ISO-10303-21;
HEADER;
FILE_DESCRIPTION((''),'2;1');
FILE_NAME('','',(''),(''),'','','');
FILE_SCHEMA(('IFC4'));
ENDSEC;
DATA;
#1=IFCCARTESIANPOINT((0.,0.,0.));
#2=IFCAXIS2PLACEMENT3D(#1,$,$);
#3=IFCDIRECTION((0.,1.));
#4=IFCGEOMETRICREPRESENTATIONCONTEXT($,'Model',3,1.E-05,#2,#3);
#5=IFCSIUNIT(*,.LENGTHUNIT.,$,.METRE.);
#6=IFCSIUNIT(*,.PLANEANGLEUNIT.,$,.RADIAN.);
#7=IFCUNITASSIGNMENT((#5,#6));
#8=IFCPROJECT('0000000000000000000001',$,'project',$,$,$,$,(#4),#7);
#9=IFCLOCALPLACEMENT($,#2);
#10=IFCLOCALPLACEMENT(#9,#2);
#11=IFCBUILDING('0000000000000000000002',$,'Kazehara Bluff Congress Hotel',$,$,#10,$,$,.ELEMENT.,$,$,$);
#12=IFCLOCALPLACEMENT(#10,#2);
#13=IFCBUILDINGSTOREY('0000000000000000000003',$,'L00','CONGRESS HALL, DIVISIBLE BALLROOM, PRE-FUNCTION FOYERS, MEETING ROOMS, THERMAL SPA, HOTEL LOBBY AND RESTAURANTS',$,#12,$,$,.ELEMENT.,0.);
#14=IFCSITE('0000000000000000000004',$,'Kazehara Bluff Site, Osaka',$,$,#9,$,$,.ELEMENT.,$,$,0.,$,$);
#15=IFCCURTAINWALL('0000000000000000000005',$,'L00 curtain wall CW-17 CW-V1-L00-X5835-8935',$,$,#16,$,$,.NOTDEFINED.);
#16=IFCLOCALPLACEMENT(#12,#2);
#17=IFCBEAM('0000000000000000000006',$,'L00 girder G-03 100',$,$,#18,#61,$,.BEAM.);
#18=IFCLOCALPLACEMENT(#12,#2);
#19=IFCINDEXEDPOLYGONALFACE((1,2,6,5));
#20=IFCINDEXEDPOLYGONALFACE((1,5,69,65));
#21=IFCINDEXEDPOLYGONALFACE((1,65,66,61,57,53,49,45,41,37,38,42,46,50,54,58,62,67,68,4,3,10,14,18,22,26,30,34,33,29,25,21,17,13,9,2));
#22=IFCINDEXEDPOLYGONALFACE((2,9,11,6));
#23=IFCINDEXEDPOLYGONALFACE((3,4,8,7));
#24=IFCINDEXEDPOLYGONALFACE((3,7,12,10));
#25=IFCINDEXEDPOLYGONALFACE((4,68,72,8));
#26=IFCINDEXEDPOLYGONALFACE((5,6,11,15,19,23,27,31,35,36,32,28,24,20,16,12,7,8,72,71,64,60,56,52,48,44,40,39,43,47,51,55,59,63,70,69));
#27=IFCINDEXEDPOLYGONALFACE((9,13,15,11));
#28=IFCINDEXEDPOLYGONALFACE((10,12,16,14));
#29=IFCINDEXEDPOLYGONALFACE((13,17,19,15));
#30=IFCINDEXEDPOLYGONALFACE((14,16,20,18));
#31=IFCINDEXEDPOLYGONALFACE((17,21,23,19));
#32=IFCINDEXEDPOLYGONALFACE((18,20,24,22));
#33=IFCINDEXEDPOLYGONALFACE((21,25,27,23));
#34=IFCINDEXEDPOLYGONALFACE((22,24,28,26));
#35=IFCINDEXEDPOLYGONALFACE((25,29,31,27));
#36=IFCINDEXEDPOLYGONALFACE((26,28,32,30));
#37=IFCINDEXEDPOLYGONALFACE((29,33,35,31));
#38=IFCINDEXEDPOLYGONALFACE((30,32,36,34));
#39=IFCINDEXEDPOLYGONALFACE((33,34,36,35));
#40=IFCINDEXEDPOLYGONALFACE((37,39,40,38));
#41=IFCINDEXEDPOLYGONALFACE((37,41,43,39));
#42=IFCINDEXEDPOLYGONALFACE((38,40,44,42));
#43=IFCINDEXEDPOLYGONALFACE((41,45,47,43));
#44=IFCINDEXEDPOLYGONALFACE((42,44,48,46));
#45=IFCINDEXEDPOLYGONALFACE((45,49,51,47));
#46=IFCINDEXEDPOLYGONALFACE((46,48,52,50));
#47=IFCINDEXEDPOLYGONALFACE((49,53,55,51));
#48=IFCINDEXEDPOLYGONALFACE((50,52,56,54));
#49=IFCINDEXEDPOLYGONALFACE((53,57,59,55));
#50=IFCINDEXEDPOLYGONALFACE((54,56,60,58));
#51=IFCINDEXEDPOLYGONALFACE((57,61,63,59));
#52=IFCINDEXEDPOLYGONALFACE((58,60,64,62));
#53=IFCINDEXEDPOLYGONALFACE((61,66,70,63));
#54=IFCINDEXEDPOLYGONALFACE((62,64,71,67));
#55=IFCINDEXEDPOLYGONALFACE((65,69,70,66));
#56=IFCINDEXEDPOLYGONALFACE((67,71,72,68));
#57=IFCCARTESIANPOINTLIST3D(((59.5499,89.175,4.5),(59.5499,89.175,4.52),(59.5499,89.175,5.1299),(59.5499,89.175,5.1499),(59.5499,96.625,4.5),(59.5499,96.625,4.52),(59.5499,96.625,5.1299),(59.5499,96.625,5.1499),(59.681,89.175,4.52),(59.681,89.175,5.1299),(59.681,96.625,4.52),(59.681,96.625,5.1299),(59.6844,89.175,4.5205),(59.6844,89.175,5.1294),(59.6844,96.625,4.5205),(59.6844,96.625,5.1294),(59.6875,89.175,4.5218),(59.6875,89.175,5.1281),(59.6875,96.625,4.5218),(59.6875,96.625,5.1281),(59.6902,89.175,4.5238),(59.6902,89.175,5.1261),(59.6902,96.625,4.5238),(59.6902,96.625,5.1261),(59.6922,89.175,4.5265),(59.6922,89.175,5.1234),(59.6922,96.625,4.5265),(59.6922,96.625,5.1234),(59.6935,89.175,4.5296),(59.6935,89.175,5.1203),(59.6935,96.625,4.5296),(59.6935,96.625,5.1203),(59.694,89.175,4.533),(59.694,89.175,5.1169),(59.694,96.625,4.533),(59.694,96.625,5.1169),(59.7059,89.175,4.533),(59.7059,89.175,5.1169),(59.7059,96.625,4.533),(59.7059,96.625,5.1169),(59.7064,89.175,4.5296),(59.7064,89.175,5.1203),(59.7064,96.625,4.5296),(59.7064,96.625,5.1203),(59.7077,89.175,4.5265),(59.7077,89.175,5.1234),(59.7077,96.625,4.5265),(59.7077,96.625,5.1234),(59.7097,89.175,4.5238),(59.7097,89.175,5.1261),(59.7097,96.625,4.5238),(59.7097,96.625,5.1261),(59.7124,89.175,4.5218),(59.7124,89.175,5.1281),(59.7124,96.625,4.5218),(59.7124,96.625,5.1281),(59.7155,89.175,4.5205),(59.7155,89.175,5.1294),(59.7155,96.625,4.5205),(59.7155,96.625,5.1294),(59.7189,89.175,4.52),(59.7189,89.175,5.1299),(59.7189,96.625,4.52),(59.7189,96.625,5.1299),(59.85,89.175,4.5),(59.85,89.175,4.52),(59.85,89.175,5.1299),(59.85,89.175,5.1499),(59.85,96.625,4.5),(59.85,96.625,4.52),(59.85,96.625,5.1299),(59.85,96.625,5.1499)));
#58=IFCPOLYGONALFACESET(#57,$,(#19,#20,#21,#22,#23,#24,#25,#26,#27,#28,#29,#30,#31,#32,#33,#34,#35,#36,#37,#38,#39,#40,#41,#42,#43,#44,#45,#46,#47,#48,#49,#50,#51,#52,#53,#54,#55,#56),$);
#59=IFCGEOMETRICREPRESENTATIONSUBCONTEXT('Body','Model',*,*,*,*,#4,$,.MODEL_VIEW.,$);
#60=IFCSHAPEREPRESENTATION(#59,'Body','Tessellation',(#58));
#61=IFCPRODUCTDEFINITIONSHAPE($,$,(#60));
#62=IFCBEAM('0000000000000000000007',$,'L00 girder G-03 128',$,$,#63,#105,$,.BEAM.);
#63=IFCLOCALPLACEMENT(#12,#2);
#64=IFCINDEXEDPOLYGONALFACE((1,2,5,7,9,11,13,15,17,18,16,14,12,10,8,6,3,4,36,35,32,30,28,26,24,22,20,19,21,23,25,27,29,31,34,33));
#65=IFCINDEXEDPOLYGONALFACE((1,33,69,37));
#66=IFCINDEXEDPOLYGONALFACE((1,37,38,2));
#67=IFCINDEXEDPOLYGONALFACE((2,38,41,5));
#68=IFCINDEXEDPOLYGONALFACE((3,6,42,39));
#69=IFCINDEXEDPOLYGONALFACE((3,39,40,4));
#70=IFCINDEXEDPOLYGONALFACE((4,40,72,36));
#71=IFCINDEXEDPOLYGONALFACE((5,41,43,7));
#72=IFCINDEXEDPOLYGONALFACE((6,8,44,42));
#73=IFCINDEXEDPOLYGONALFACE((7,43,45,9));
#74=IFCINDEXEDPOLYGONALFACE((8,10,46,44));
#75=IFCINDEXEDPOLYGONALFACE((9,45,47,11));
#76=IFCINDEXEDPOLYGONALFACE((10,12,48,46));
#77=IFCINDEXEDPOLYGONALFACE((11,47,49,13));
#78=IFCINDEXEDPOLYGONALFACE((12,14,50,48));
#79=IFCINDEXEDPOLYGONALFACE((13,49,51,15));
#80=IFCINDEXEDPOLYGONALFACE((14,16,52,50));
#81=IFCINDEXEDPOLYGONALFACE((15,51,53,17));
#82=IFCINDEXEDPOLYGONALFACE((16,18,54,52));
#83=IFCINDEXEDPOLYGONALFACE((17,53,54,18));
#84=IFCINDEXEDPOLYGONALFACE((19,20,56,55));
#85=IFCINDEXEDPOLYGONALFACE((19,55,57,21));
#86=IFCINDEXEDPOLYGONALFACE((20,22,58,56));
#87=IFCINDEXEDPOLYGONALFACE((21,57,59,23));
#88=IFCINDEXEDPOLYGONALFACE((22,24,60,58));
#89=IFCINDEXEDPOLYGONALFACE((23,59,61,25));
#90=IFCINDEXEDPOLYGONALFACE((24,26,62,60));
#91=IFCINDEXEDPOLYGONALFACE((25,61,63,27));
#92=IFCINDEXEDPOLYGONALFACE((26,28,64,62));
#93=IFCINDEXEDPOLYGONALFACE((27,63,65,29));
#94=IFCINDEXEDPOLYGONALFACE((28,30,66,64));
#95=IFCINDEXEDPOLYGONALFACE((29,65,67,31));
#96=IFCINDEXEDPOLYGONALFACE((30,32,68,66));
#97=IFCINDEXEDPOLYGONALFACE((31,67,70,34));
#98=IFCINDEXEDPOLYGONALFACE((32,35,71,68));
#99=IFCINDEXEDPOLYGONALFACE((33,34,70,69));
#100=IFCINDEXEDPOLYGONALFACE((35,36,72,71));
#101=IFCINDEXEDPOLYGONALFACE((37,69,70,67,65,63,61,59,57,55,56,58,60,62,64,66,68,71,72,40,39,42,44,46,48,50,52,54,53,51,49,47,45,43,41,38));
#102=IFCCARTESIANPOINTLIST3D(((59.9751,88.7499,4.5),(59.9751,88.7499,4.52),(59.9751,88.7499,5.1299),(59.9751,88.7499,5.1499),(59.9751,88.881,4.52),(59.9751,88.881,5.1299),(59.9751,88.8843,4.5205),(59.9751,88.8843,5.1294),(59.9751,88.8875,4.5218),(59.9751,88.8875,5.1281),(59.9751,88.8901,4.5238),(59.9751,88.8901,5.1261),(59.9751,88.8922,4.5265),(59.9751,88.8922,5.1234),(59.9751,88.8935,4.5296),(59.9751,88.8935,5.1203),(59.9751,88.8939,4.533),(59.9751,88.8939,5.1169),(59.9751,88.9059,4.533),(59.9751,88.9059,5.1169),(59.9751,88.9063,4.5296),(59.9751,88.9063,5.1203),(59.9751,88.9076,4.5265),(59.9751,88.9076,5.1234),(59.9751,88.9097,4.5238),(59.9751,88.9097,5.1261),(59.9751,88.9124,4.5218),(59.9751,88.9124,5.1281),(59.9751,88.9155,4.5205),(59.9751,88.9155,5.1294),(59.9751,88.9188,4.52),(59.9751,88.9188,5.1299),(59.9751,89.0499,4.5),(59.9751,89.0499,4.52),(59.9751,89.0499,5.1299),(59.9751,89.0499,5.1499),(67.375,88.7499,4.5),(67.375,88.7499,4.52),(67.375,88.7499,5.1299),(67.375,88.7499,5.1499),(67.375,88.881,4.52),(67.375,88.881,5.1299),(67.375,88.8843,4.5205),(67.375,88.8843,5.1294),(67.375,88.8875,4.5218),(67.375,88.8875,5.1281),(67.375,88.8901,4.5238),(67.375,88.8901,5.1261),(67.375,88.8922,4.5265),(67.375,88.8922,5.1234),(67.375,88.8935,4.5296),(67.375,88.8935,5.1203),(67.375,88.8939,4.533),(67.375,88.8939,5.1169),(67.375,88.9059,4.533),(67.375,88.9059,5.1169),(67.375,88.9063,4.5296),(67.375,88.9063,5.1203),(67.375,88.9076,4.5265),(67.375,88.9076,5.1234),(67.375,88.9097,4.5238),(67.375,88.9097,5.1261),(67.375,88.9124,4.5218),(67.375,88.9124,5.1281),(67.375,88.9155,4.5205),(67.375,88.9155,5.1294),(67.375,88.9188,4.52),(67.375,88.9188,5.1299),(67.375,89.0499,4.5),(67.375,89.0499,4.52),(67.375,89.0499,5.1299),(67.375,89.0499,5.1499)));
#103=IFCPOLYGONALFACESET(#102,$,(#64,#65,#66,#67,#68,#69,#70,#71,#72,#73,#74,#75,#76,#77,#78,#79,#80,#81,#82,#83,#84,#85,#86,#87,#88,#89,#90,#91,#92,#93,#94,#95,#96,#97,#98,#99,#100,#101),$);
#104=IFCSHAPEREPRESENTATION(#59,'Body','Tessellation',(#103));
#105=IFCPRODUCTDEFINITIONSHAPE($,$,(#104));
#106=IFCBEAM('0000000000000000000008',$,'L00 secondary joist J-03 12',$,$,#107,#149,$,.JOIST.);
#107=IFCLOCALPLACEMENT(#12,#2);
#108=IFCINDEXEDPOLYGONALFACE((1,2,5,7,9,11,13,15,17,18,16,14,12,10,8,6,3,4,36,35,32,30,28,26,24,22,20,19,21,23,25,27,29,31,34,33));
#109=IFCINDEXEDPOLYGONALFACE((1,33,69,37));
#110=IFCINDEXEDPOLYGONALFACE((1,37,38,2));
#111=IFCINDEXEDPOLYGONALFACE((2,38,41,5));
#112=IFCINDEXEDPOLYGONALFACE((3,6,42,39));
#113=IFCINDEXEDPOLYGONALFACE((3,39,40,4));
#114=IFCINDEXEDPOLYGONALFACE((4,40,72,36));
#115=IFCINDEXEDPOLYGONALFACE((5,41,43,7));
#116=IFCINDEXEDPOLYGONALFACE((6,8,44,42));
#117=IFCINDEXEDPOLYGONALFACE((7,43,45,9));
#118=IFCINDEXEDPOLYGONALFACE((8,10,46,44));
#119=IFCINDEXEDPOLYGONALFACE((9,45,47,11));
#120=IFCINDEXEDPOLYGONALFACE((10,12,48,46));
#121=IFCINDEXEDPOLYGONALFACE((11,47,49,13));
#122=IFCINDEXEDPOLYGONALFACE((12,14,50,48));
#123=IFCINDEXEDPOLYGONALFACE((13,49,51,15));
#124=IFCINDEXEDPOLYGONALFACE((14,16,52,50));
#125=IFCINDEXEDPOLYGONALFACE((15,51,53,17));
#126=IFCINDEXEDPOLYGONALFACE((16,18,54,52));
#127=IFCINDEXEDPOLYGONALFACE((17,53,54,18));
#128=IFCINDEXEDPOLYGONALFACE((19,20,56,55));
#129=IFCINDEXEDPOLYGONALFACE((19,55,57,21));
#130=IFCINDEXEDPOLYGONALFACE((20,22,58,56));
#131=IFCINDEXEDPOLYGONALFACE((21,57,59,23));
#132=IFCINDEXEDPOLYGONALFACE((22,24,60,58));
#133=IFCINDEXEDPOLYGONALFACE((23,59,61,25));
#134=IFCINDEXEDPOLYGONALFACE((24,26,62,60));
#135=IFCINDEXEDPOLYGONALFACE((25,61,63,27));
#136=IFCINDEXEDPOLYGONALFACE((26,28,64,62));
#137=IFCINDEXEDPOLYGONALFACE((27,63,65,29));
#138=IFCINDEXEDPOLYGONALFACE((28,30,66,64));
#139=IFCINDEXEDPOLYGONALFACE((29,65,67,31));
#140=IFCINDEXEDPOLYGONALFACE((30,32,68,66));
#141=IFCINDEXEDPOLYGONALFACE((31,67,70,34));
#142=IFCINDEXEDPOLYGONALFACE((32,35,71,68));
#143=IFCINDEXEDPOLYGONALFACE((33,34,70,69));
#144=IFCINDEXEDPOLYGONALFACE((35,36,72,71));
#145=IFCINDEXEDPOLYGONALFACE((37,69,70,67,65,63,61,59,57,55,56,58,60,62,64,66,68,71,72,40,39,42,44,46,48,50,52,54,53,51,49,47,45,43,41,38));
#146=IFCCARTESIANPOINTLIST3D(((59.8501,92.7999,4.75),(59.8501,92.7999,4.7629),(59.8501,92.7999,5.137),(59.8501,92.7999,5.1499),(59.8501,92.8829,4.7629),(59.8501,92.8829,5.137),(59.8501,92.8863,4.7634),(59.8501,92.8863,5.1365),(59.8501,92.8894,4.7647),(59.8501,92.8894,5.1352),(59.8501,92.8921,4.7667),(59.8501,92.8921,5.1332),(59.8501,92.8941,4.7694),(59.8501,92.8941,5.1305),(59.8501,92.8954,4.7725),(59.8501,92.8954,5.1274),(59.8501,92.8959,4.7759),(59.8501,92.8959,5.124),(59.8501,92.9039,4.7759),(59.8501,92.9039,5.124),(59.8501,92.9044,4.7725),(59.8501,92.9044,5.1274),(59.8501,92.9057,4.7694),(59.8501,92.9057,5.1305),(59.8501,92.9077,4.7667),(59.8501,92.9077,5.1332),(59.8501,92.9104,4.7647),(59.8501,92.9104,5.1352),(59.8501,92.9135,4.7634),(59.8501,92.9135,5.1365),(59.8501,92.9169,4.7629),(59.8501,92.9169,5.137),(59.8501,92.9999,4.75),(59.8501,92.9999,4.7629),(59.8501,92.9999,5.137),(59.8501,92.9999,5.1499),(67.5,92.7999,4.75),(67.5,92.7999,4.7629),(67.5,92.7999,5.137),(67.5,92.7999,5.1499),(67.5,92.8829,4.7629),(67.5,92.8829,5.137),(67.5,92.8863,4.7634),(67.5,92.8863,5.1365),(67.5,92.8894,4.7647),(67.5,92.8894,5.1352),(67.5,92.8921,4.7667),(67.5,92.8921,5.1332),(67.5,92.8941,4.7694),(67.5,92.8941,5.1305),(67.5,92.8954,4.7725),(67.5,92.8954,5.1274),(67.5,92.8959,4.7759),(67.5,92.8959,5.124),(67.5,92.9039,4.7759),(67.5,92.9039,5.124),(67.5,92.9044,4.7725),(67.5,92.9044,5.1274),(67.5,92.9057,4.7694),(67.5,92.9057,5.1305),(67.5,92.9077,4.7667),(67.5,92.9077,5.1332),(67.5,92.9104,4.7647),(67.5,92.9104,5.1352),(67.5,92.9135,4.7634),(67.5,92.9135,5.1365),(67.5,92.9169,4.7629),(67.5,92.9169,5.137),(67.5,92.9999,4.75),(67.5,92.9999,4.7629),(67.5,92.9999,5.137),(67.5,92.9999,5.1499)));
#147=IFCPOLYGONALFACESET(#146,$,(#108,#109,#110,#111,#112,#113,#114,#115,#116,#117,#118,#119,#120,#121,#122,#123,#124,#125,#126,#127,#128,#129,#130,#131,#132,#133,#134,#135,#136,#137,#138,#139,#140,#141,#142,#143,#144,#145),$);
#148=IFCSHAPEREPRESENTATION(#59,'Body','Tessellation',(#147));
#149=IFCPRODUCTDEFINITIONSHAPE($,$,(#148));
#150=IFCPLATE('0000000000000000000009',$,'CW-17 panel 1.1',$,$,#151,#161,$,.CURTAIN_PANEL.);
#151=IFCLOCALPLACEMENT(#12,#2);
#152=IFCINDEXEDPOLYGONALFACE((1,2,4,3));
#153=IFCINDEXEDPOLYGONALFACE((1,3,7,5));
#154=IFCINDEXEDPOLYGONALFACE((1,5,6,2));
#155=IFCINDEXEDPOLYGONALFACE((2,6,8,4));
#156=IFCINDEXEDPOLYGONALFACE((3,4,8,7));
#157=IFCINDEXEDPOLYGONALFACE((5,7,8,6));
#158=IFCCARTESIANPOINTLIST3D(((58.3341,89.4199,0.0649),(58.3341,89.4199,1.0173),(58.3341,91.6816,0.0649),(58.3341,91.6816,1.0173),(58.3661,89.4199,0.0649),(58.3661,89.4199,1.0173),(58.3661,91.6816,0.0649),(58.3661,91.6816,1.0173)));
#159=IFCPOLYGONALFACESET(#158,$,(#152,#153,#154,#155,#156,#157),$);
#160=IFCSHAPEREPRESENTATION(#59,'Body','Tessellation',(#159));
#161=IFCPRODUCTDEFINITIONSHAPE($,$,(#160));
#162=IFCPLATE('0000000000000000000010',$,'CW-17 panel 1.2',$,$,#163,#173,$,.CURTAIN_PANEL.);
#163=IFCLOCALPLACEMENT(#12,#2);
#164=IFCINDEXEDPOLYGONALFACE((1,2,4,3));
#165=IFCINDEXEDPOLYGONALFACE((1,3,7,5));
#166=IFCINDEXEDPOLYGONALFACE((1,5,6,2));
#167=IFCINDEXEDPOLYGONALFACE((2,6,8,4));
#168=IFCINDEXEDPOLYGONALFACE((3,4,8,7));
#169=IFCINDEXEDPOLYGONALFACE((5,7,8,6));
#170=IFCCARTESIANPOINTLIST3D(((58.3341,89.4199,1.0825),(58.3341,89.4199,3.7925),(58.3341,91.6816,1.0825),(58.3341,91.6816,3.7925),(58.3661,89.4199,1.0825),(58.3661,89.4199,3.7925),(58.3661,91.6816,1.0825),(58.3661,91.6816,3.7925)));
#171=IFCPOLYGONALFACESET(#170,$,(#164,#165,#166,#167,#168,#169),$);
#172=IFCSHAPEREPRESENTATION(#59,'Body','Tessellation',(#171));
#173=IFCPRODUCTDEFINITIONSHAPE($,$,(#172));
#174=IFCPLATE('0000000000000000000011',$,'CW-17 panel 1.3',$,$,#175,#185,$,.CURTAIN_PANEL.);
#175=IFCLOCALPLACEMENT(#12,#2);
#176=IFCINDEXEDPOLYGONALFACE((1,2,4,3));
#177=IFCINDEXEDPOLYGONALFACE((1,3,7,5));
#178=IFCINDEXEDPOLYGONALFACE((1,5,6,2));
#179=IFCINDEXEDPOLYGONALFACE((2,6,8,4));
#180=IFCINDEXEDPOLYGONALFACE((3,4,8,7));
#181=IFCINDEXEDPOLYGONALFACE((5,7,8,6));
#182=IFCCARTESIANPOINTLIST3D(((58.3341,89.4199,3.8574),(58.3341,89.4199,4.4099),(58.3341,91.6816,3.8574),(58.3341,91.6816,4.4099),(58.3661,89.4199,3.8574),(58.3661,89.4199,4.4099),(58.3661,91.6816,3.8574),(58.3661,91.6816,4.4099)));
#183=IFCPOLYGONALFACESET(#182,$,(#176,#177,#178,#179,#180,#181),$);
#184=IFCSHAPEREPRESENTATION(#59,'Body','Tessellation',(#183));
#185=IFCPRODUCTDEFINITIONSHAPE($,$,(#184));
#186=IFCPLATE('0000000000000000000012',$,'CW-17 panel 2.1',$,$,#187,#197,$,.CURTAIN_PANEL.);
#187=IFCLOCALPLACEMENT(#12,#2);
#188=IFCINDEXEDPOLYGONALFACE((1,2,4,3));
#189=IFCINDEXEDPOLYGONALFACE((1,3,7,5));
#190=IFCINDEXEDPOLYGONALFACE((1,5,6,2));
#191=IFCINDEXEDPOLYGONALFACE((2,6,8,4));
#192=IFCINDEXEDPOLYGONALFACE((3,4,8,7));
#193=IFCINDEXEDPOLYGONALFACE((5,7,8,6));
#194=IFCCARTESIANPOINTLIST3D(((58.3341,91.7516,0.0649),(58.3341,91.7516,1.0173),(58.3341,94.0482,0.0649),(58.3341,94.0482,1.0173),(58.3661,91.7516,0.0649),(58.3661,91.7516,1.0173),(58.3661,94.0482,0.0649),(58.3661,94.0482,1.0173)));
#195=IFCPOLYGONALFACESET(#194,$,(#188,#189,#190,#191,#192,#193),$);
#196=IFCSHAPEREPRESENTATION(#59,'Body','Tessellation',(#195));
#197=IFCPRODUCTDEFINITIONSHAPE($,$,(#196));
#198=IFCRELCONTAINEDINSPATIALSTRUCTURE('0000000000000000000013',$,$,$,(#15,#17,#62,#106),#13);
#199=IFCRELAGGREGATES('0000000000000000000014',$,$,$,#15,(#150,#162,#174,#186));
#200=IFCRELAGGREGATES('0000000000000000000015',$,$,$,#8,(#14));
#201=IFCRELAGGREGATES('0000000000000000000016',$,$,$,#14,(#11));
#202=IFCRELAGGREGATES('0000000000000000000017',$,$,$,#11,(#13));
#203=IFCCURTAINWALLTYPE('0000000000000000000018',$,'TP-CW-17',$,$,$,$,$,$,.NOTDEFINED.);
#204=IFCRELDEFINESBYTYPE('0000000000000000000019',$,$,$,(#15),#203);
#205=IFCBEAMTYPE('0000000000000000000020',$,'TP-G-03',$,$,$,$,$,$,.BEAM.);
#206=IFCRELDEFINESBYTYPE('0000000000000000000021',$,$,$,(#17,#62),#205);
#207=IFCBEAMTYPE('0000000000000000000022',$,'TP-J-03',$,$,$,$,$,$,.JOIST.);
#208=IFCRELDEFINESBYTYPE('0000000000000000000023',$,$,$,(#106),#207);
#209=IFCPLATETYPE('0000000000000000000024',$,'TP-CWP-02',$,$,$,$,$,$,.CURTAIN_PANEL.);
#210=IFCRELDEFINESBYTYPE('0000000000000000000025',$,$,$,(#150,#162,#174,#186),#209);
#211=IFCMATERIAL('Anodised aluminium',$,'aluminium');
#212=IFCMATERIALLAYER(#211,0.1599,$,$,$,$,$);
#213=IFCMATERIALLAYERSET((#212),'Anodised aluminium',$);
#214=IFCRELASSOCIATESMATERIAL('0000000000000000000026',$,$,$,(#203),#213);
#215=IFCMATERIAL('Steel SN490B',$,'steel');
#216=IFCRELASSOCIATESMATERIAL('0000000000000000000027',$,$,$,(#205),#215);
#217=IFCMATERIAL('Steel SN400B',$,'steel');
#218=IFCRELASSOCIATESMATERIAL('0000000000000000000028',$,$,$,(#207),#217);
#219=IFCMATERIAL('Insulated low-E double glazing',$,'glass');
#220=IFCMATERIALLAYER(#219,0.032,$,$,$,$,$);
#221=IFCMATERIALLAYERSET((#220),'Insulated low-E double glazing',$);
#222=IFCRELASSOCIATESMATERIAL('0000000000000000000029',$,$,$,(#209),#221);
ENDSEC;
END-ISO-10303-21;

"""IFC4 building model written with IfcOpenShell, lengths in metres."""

from ifc_helpers import new_model, si_unit, direction, frame, origin, origin_2d, place, context, subcontext, project, spatial, rectangle, i_section, extrude, material, layer, layer_set, material_profile, profile_set, type_object, element, aggregate, save


model = new_model("IFC4")

# Units and contexts
model_context = context("Model", 3, precision=1e-05, world=origin(), true_north=direction((0.0, 1.0)))
body_context = subcontext(model_context, "Body", "Model", "MODEL_VIEW")
ifc_project = project(units=[si_unit("LENGTHUNIT", "METRE"), si_unit("PLANEANGLEUNIT", "RADIAN")], contexts=[model_context])

# Site, building, storey
site_placement = place(None, origin())
site = spatial("IfcSite", under=ifc_project, at=site_placement, Name="Kazehara Bluff Site, Osaka", CompositionType="ELEMENT", RefElevation=0.0)
building_placement = place(site_placement, origin())
building = spatial("IfcBuilding", under=site, at=building_placement, Name="Kazehara Bluff Congress Hotel", CompositionType="ELEMENT")
storey_placement = place(building_placement, origin())
storey = spatial("IfcBuildingStorey", under=building, at=storey_placement, Name="L00", Description="CONGRESS HALL, DIVISIBLE BALLROOM, PRE-FUNCTION FOYERS, MEETING ROOMS, THERMAL SPA, HOTEL LOBBY AND RESTAURANTS", CompositionType="ELEMENT", Elevation=0.0)

# Shared definitions
ifc_material_1 = material(Name="Anodised aluminium", Category="aluminium")
ifc_layer_1 = layer(ifc_material_1, 0.1599)
ifc_layer_set_1 = layer_set([ifc_layer_1], Name="Anodised aluminium")
curtain_wall_type = type_object("IfcCurtainWallType", Name="TP-CW-17", PredefinedType="NOTDEFINED", material=ifc_layer_set_1)

# Curtain wall
curtain_wall_1_placement = place(storey_placement, origin())
curtain_wall_1 = element("IfcCurtainWall", 1, at=curtain_wall_1_placement, inside=storey, type_object=curtain_wall_type, Name="L00 curtain wall CW-17 CW-V1-L00-X5835-8935", PredefinedType="NOTDEFINED")

# Beams
ifc_material_2 = material(Name="Steel SN490B", Category="steel")
ifc_material_profile_1 = material_profile(ifc_material_2, i_section(OverallWidth=0.3, OverallDepth=0.6499, WebThickness=0.012, FlangeThickness=0.02, FilletRadius=0.0129, at=origin_2d()))
ifc_profile_set_1 = profile_set([ifc_material_profile_1], Name="Steel SN490B")
beam_type_1 = type_object("IfcBeamType", Name="TP-G-03", PredefinedType="BEAM", material=ifc_profile_set_1)
beam_1_placement = place(storey_placement, frame((59.7, 89.175, 4.825), z_axis=(0.0, 1.0, 0.0), x_axis=(-1.0, 0.0, 0.0)))
element("IfcBeam", 2, at=beam_1_placement, inside=storey, type_object=beam_type_1, Name="L00 girder G-03 100", PredefinedType="BEAM", context=body_context, shape_type="SweptSolid", body=[
    extrude(i_section(OverallWidth=0.3, OverallDepth=0.6499, WebThickness=0.012, FlangeThickness=0.02, FilletRadius=0.0129, at=origin_2d()), origin(), (0.0, 0.0, 1.0), 7.45),
])
beam_2_placement = place(storey_placement, frame((59.9751, 88.8999, 4.825), z_axis=(1.0, 0.0, 0.0), x_axis=(0.0, 1.0, 0.0)))
element("IfcBeam", 3, at=beam_2_placement, inside=storey, type_object=beam_type_1, Name="L00 girder G-03 128", PredefinedType="BEAM", context=body_context, shape_type="SweptSolid", body=[
    extrude(i_section(OverallWidth=0.3, OverallDepth=0.6499, WebThickness=0.012, FlangeThickness=0.02, FilletRadius=0.0129, at=origin_2d()), origin(), (0.0, 0.0, 1.0), 7.3999),
])
ifc_material_3 = material(Name="Steel SN400B", Category="steel")
ifc_material_profile_2 = material_profile(ifc_material_3, i_section(OverallWidth=0.2, OverallDepth=0.3999, WebThickness=0.0081, FlangeThickness=0.0129, FilletRadius=0.0129, at=origin_2d()))
ifc_profile_set_2 = profile_set([ifc_material_profile_2], Name="Steel SN400B")
beam_type_2 = type_object("IfcBeamType", Name="TP-J-03", PredefinedType="JOIST", material=ifc_profile_set_2)
beam_3_placement = place(storey_placement, frame((59.8501, 92.8999, 4.95), z_axis=(1.0, 0.0, 0.0), x_axis=(0.0, 1.0, 0.0)))
element("IfcBeam", 4, at=beam_3_placement, inside=storey, type_object=beam_type_2, Name="L00 secondary joist J-03 12", PredefinedType="JOIST", context=body_context, shape_type="SweptSolid", body=[
    extrude(i_section(OverallWidth=0.2, OverallDepth=0.3999, WebThickness=0.0081, FlangeThickness=0.0129, FilletRadius=0.0129, at=origin_2d()), origin(), (0.0, 0.0, 1.0), 7.6499),
])

# Plates
ifc_material_4 = material(Name="Insulated low-E double glazing", Category="glass")
ifc_layer_2 = layer(ifc_material_4, 0.032)
ifc_layer_set_2 = layer_set([ifc_layer_2], Name="Insulated low-E double glazing")
plate_type = type_object("IfcPlateType", Name="TP-CWP-02", PredefinedType="CURTAIN_PANEL", material=ifc_layer_set_2)
plate_1_placement = place(storey_placement, frame((58.3501, 90.5508, 0.0649), z_axis=(0.0, 0.0, 1.0), x_axis=(0.0, 1.0, 0.0)))
plate_1 = element("IfcPlate", 5, at=plate_1_placement, type_object=plate_type, Name="CW-17 panel 1.1", PredefinedType="CURTAIN_PANEL", context=body_context, shape_type="SweptSolid", body=[
    extrude(rectangle(XDim=2.2617, YDim=0.032, at=origin_2d()), origin(), (0.0, 0.0, 1.0), 0.9524),
])
plate_2_placement = place(storey_placement, frame((58.3501, 90.5508, 1.0825), z_axis=(0.0, 0.0, 1.0), x_axis=(0.0, 1.0, 0.0)))
plate_2 = element("IfcPlate", 6, at=plate_2_placement, type_object=plate_type, Name="CW-17 panel 1.2", PredefinedType="CURTAIN_PANEL", context=body_context, shape_type="SweptSolid", body=[
    extrude(rectangle(XDim=2.2617, YDim=0.032, at=origin_2d()), origin(), (0.0, 0.0, 1.0), 2.71),
])
plate_3_placement = place(storey_placement, frame((58.3501, 90.5508, 3.8574), z_axis=(0.0, 0.0, 1.0), x_axis=(0.0, 1.0, 0.0)))
plate_3 = element("IfcPlate", 7, at=plate_3_placement, type_object=plate_type, Name="CW-17 panel 1.3", PredefinedType="CURTAIN_PANEL", context=body_context, shape_type="SweptSolid", body=[
    extrude(rectangle(XDim=2.2617, YDim=0.032, at=origin_2d()), origin(), (0.0, 0.0, 1.0), 0.5525),
])
plate_4_placement = place(storey_placement, frame((58.3501, 92.8999, 0.0649), z_axis=(0.0, 0.0, 1.0), x_axis=(0.0, 1.0, 0.0)))
plate_4 = element("IfcPlate", 8, at=plate_4_placement, type_object=plate_type, Name="CW-17 panel 2.1", PredefinedType="CURTAIN_PANEL", context=body_context, shape_type="SweptSolid", body=[
    extrude(rectangle(XDim=2.2966, YDim=0.032, at=origin_2d()), origin(), (0.0, 0.0, 1.0), 0.9524),
])
aggregate(curtain_wall_1, [plate_1, plate_2, plate_3, plate_4])

save(model, "model.ifc")
